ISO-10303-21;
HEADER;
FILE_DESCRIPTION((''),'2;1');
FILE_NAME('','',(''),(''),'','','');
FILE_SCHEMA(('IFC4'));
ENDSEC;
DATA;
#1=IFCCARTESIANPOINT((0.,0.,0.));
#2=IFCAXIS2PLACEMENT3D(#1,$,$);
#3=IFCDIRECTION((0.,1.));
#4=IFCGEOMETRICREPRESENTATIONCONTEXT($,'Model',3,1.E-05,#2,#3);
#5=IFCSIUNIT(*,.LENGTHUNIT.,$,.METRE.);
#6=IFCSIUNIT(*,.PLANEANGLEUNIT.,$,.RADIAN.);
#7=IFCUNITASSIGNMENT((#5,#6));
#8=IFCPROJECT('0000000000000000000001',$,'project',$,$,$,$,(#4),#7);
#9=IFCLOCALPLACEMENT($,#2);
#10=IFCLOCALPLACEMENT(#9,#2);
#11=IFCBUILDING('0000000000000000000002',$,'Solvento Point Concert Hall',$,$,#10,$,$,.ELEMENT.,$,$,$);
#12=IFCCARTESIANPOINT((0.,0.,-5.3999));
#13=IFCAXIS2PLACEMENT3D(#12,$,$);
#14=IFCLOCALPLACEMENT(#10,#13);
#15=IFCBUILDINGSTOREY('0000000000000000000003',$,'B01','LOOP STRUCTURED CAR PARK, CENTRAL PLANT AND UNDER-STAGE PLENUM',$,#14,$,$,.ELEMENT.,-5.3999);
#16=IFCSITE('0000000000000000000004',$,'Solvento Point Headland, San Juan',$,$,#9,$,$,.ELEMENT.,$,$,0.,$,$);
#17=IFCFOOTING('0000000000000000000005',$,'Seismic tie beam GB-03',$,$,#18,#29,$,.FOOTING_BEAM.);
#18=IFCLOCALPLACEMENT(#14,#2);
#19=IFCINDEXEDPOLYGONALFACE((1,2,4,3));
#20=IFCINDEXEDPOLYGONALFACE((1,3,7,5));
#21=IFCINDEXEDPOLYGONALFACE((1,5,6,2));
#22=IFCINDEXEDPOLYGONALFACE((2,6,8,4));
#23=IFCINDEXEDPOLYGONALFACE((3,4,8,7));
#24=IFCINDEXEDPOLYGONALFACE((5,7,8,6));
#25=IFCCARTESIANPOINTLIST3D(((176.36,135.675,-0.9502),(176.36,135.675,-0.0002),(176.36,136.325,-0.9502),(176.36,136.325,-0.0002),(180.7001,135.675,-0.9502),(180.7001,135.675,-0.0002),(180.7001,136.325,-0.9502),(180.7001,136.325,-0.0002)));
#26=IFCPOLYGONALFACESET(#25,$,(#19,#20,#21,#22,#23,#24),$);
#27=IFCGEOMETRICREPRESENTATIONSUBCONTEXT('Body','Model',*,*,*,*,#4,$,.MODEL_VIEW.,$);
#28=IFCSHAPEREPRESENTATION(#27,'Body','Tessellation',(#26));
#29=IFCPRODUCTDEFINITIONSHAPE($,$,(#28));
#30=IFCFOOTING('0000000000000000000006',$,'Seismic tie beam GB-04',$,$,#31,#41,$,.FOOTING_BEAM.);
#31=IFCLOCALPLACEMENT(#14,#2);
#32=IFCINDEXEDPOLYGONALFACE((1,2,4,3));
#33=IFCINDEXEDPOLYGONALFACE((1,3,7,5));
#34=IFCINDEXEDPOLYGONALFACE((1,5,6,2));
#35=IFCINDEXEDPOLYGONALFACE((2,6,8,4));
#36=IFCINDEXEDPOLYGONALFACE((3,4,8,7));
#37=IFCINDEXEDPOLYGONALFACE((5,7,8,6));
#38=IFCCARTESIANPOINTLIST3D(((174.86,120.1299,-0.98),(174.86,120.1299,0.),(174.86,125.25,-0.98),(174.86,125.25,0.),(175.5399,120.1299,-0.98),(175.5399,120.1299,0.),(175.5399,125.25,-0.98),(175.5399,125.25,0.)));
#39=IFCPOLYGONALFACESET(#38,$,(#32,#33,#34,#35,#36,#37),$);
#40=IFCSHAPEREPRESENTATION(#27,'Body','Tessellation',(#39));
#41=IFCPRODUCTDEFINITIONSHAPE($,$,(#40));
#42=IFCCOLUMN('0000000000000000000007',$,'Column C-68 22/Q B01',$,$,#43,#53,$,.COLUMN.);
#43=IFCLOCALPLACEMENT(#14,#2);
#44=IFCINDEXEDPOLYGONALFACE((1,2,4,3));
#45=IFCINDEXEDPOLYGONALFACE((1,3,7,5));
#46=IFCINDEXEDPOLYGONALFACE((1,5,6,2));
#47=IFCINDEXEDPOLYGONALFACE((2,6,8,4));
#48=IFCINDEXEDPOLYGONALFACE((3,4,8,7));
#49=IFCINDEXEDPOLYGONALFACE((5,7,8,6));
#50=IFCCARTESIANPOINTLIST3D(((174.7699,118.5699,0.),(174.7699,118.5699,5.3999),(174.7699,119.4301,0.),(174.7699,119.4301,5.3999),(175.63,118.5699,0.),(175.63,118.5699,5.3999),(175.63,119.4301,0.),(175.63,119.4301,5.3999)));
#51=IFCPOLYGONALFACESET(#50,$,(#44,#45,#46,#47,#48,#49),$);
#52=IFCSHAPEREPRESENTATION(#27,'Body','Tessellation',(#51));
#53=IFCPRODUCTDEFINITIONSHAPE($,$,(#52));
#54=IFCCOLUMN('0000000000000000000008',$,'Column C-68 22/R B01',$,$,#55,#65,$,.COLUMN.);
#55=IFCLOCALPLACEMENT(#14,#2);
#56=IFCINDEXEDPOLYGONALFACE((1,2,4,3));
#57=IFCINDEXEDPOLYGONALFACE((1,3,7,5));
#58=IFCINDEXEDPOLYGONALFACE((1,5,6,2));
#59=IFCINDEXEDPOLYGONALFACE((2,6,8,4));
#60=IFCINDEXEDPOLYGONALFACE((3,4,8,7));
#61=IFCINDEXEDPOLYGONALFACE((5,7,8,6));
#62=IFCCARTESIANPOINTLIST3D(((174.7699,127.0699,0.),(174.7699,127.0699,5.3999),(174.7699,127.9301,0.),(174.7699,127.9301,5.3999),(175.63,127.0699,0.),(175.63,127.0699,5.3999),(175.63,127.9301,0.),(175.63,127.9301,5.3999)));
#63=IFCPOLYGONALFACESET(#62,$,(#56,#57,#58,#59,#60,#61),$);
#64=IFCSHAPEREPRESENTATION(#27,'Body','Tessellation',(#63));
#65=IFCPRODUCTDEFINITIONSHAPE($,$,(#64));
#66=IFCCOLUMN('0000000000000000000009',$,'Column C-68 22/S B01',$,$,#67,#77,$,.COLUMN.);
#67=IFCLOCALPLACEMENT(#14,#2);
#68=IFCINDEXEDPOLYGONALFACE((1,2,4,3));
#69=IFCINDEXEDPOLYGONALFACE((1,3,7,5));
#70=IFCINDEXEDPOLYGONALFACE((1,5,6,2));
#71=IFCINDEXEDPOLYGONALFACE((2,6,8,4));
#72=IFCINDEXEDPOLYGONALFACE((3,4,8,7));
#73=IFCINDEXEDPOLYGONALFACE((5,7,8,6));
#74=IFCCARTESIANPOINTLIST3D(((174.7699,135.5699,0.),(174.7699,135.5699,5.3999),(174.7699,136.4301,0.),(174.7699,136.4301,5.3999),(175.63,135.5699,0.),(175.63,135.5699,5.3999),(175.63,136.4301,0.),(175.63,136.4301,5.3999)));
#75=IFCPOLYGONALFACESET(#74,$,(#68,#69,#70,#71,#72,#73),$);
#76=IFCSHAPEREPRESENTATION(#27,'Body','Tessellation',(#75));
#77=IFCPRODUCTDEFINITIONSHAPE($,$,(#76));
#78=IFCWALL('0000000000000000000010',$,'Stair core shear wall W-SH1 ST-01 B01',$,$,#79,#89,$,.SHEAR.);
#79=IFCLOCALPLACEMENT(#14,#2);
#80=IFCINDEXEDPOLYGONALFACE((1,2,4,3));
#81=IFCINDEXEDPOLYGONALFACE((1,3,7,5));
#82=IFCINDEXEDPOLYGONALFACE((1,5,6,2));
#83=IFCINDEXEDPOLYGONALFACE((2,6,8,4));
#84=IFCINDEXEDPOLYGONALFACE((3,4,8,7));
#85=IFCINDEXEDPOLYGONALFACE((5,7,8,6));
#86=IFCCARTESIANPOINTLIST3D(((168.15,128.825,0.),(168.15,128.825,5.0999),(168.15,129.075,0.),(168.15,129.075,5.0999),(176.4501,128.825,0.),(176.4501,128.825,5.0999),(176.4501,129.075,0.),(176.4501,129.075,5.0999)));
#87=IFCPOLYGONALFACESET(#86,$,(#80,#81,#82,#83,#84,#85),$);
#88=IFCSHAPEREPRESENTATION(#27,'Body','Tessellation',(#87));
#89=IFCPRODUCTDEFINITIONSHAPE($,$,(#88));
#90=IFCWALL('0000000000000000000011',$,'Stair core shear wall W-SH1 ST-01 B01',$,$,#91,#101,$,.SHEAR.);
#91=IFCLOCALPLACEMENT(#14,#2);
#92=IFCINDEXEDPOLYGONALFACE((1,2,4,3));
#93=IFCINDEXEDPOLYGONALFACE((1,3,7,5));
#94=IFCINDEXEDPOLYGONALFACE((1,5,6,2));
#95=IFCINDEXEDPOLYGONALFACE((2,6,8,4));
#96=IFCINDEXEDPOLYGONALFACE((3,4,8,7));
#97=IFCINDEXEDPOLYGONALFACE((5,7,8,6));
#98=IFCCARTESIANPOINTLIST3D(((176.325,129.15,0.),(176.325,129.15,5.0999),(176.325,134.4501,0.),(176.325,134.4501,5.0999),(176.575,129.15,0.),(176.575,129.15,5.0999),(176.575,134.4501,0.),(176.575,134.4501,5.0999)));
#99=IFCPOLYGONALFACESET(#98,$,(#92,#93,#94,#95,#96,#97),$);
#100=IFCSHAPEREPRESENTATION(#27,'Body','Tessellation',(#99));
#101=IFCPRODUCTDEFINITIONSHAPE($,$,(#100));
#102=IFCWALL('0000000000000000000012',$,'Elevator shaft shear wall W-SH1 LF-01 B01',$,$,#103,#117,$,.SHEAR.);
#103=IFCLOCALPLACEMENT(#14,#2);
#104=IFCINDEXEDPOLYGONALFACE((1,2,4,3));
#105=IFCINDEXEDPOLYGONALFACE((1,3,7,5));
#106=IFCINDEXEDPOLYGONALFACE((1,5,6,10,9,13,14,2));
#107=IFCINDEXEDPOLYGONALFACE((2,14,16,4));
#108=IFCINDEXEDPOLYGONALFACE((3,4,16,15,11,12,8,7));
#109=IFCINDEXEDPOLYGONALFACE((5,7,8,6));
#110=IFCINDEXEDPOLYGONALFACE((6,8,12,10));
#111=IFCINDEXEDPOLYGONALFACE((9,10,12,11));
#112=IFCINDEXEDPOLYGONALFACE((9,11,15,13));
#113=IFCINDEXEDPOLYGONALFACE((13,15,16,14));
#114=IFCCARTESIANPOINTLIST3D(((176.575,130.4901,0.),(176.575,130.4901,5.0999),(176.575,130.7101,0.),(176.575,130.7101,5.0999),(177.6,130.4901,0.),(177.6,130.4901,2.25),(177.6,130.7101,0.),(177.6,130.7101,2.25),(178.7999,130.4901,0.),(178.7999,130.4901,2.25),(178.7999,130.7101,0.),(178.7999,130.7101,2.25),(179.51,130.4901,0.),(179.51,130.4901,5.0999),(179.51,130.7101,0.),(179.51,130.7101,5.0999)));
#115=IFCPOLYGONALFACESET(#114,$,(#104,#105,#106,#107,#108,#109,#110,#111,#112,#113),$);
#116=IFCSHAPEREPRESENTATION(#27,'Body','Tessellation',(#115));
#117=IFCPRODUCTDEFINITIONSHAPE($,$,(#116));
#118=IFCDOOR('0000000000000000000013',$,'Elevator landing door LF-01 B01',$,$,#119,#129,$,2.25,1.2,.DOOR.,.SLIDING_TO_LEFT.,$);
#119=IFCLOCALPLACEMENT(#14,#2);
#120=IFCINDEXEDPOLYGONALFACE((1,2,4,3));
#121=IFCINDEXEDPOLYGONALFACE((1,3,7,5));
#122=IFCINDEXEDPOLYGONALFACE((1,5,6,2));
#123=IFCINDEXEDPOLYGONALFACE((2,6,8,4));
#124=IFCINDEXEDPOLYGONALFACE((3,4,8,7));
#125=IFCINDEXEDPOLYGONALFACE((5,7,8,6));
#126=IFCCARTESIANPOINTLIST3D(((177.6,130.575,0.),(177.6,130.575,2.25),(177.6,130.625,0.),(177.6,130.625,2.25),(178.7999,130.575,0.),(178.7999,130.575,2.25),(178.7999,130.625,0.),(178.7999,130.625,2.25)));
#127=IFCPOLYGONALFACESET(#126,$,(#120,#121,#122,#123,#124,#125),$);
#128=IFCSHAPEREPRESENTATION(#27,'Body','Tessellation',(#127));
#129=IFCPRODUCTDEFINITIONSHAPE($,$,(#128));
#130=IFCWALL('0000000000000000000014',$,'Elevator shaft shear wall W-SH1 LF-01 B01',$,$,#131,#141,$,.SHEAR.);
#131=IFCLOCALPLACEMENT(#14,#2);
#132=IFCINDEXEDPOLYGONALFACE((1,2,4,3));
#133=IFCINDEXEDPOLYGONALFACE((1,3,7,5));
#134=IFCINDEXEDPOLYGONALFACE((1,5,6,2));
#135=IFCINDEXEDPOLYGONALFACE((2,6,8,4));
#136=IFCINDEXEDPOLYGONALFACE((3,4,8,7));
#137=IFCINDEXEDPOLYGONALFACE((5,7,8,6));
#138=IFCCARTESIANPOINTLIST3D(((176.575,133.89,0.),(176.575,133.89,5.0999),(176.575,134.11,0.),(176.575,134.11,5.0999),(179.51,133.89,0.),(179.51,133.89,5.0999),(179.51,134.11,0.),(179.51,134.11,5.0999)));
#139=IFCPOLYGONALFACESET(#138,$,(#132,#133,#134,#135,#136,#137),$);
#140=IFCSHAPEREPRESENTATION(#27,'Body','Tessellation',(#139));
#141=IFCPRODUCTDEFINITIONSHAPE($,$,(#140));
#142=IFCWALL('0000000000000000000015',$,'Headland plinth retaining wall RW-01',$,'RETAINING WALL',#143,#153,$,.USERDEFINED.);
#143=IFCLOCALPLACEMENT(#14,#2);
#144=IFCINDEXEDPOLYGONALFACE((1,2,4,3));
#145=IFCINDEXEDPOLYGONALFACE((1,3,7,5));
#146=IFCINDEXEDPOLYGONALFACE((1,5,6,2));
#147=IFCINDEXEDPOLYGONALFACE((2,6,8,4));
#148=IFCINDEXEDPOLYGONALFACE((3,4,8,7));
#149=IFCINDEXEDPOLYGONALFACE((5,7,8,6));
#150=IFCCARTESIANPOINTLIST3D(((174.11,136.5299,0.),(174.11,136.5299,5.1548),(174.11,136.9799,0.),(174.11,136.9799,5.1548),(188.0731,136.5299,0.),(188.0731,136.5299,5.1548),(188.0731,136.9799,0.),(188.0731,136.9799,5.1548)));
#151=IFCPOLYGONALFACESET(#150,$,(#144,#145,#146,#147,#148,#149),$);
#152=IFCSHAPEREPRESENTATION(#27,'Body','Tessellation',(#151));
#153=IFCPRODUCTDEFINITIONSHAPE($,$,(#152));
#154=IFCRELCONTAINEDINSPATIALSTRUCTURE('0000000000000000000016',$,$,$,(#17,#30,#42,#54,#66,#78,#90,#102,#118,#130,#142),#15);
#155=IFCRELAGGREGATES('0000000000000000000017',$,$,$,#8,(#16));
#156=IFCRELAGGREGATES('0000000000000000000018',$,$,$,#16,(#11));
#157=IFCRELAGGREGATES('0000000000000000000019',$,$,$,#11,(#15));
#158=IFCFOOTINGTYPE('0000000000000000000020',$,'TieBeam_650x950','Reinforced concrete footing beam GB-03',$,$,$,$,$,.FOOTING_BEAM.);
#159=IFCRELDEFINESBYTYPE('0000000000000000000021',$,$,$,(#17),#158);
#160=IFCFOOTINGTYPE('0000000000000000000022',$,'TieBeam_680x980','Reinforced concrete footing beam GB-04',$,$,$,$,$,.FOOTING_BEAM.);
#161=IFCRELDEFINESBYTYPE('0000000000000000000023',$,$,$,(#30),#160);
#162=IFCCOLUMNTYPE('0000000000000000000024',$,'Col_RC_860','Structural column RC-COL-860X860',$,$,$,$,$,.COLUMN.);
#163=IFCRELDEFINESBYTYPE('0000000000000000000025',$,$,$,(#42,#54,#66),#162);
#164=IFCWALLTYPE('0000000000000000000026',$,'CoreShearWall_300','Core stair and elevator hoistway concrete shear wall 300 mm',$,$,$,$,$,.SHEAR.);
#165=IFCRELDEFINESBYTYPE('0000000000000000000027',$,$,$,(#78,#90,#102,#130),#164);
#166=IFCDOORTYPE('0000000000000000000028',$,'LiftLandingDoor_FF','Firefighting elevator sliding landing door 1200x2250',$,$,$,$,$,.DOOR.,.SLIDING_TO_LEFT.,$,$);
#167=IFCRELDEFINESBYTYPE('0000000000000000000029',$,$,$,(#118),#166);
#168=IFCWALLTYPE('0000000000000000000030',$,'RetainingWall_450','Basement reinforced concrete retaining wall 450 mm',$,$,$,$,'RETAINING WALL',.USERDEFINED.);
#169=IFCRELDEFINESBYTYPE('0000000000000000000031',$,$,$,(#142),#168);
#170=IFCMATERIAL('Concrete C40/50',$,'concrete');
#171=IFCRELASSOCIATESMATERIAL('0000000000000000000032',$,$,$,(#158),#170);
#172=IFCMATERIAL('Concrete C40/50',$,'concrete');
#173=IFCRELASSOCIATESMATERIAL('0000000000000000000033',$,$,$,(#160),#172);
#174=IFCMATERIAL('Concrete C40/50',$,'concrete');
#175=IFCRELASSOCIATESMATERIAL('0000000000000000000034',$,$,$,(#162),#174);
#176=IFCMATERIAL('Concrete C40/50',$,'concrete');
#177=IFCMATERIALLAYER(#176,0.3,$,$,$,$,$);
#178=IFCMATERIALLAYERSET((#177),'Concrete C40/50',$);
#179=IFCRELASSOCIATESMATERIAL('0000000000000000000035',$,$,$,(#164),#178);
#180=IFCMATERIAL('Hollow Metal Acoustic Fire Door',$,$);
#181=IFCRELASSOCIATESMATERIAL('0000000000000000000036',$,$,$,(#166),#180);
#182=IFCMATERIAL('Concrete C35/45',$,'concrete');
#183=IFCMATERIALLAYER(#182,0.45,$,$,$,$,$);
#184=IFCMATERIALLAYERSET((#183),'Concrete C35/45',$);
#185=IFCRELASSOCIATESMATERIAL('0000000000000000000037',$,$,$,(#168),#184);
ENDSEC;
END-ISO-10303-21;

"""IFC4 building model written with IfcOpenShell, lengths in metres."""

from ifc_helpers import new_model, si_unit, direction, frame, frame_2d, origin, origin_2d, place, context, subcontext, project, spatial, rectangle, extrude, material, layer, layer_set, material_profile, profile_set, type_object, element, fill, save


model = new_model("IFC4")

# Units and contexts
model_context = context("Model", 3, precision=1e-05, world=origin(), true_north=direction((0.0, 1.0)))
body_context = subcontext(model_context, "Body", "Model", "MODEL_VIEW")
ifc_project = project(units=[si_unit("LENGTHUNIT", "METRE"), si_unit("PLANEANGLEUNIT", "RADIAN")], contexts=[model_context])

# Site, building, storey
site_placement = place(None, origin())
site = spatial("IfcSite", under=ifc_project, at=site_placement, Name="Solvento Point Headland, San Juan", CompositionType="ELEMENT", RefElevation=0.0)
building_placement = place(site_placement, origin())
building = spatial("IfcBuilding", under=site, at=building_placement, Name="Solvento Point Concert Hall", CompositionType="ELEMENT")
storey_placement = place(building_placement, frame((0.0, 0.0, -5.3999)))
storey = spatial("IfcBuildingStorey", under=building, at=storey_placement, Name="B01", Description="LOOP STRUCTURED CAR PARK, CENTRAL PLANT AND UNDER-STAGE PLENUM", CompositionType="ELEMENT", Elevation=-5.3999)

# Footings
ifc_material_1 = material(Name="Concrete C40/50", Category="concrete")
footing_type_1 = type_object("IfcFootingType", Name="TieBeam_650x950", Description="Reinforced concrete footing beam GB-03", PredefinedType="FOOTING_BEAM", material=ifc_material_1)
footing_1_placement = place(storey_placement, frame((178.53, 136.0, -0.9502), z_axis=(0.0, 0.0, 1.0), x_axis=(1.0, 0.0, 0.0)))
element("IfcFooting", 1, at=footing_1_placement, inside=storey, type_object=footing_type_1, Name="Seismic tie beam GB-03", PredefinedType="FOOTING_BEAM", context=body_context, shape_type="SweptSolid", body=[
    extrude(rectangle(XDim=4.3401, YDim=0.6499, at=origin_2d()), origin(), (0.0, 0.0, 1.0), 0.95),
])
ifc_material_2 = material(Name="Concrete C40/50", Category="concrete")
footing_type_2 = type_object("IfcFootingType", Name="TieBeam_680x980", Description="Reinforced concrete footing beam GB-04", PredefinedType="FOOTING_BEAM", material=ifc_material_2)
footing_2_placement = place(storey_placement, frame((175.2, 122.6899, -0.98), z_axis=(0.0, 0.0, 1.0), x_axis=(0.0, 1.0, 0.0)))
element("IfcFooting", 2, at=footing_2_placement, inside=storey, type_object=footing_type_2, Name="Seismic tie beam GB-04", PredefinedType="FOOTING_BEAM", context=body_context, shape_type="SweptSolid", body=[
    extrude(rectangle(XDim=5.1201, YDim=0.6799, at=origin_2d()), origin(), (0.0, 0.0, 1.0), 0.98),
])

# Columns
ifc_material_3 = material(Name="Concrete C40/50", Category="concrete")
ifc_material_profile_1 = material_profile(ifc_material_3, rectangle(XDim=0.8601, YDim=0.8601, at=origin_2d()), Name="RC-COL-860X860")
ifc_profile_set_1 = profile_set([ifc_material_profile_1], Name="Concrete C40/50")
column_type = type_object("IfcColumnType", Name="Col_RC_860", Description="Structural column RC-COL-860X860", PredefinedType="COLUMN", material=ifc_profile_set_1)
for number, where, z_axis, x_axis, name in (
    (3, (175.2, 119.0, 0.0), (0.0, 0.0, 1.0), (1.0, 0.0, 0.0), "Column C-68 22/Q B01"),
    (4, (175.2, 127.5, 0.0), (0.0, 0.0, 1.0), (1.0, 0.0, 0.0), "Column C-68 22/R B01"),
    (5, (175.2, 136.0, 0.0), (0.0, 0.0, 1.0), (1.0, 0.0, 0.0), "Column C-68 22/S B01"),
):
    element("IfcColumn", number, at=place(storey_placement, frame(where, z_axis=z_axis, x_axis=x_axis)), inside=storey, type_object=column_type, Name=name, PredefinedType="COLUMN", context=body_context, shape_type="SweptSolid", body=[
        extrude(rectangle(XDim=0.8601, YDim=0.8601, at=origin_2d()), origin(), (0.0, 0.0, 1.0), 5.3999),
    ])

# Walls
ifc_material_4 = material(Name="Concrete C40/50", Category="concrete")
ifc_layer_1 = layer(ifc_material_4, 0.3)
ifc_layer_set_1 = layer_set([ifc_layer_1], Name="Concrete C40/50")
wall_type_1 = type_object("IfcWallType", Name="CoreShearWall_300", Description="Core stair and elevator hoistway concrete shear wall 300 mm", PredefinedType="SHEAR", material=ifc_layer_set_1)
wall_1_placement = place(storey_placement, frame((176.45, 128.95, 0.0), z_axis=(0.0, 0.0, 1.0), x_axis=(-1.0, 0.0, 0.0)))
element("IfcWall", 6, at=wall_1_placement, inside=storey, type_object=wall_type_1, Name="Stair core shear wall W-SH1 ST-01 B01", PredefinedType="SHEAR", context=body_context, shape_type="SweptSolid", body=[
    extrude(rectangle(XDim=8.3, YDim=0.25, at=frame_2d((4.1499, 0.0))), origin(), (0.0, 0.0, 1.0), 5.0999),
])
wall_2_placement = place(storey_placement, frame((176.45, 134.45, 0.0), z_axis=(0.0, 0.0, 1.0), x_axis=(0.0, -1.0, 0.0)))
element("IfcWall", 7, at=wall_2_placement, inside=storey, type_object=wall_type_1, Name="Stair core shear wall W-SH1 ST-01 B01", PredefinedType="SHEAR", context=body_context, shape_type="SweptSolid", body=[
    extrude(rectangle(XDim=5.3, YDim=0.25, at=frame_2d((2.6499, 0.0))), origin(), (0.0, 0.0, 1.0), 5.0999),
])

# Wall, opening, door
wall_3_placement = place(storey_placement, frame((176.575, 130.6001, 0.0), z_axis=(0.0, 0.0, 1.0), x_axis=(1.0, 0.0, 0.0)))
wall_3 = element("IfcWall", 8, at=wall_3_placement, inside=storey, type_object=wall_type_1, Name="Elevator shaft shear wall W-SH1 LF-01 B01", PredefinedType="SHEAR", context=body_context, shape_type="SweptSolid", body=[
    extrude(rectangle(XDim=2.9351, YDim=0.22, at=frame_2d((1.4675, 0.0))), origin(), (0.0, 0.0, 1.0), 5.0999),
])
opening_placement = place(wall_3_placement, frame((1.0249, 0.0, 0.0)))
opening = element("IfcOpeningElement", 9, at=opening_placement, cuts=wall_3, PredefinedType="OPENING", context=body_context, shape_type="SweptSolid", body=[
    extrude(rectangle(XDim=1.2, YDim=2.25, at=frame_2d((0.6001, 1.125))), frame((0.0, 0.1199, 0.0), z_axis=(0.0, -1.0, 0.0), x_axis=(1.0, 0.0, 0.0)), (0.0, 0.0, 1.0), 0.24),
])
ifc_material_5 = material(Name="Hollow Metal Acoustic Fire Door")
door_type = type_object("IfcDoorType", Name="LiftLandingDoor_FF", Description="Firefighting elevator sliding landing door 1200x2250", OperationType="SLIDING_TO_LEFT", PredefinedType="DOOR", material=ifc_material_5)
door_placement = place(opening_placement, origin())
door = element("IfcDoor", 10, at=door_placement, inside=storey, type_object=door_type, Name="Elevator landing door LF-01 B01", OperationType="SLIDING_TO_LEFT", OverallHeight=2.25, OverallWidth=1.2, PredefinedType="DOOR", context=body_context, shape_type="SweptSolid", body=[
    extrude(rectangle(XDim=1.2, YDim=2.25, at=frame_2d((0.6001, 1.125))), frame((0.0, 0.0249, 0.0), z_axis=(0.0, -1.0, 0.0), x_axis=(1.0, 0.0, 0.0)), (0.0, 0.0, 1.0), 0.05),
])
fill(opening, door)

# Walls
wall_4_placement = place(storey_placement, frame((176.575, 134.0, 0.0), z_axis=(0.0, 0.0, 1.0), x_axis=(1.0, 0.0, 0.0)))
element("IfcWall", 11, at=wall_4_placement, inside=storey, type_object=wall_type_1, Name="Elevator shaft shear wall W-SH1 LF-01 B01", PredefinedType="SHEAR", context=body_context, shape_type="SweptSolid", body=[
    extrude(rectangle(XDim=2.9351, YDim=0.22, at=frame_2d((1.4675, 0.0))), origin(), (0.0, 0.0, 1.0), 5.0999),
])
ifc_material_6 = material(Name="Concrete C35/45", Category="concrete")
ifc_layer_2 = layer(ifc_material_6, 0.45)
ifc_layer_set_2 = layer_set([ifc_layer_2], Name="Concrete C35/45")
wall_type_2 = type_object("IfcWallType", Name="RetainingWall_450", Description="Basement reinforced concrete retaining wall 450 mm", ElementType="RETAINING WALL", PredefinedType="USERDEFINED", material=ifc_layer_set_2)
wall_5_placement = place(storey_placement, frame((174.1101, 136.7549, 0.0), z_axis=(0.0, 0.0, 1.0), x_axis=(1.0, 0.0, 0.0)))
element("IfcWall", 12, at=wall_5_placement, inside=storey, type_object=wall_type_2, Name="Headland plinth retaining wall RW-01", ObjectType="RETAINING WALL", PredefinedType="USERDEFINED", context=body_context, shape_type="SweptSolid", body=[
    extrude(rectangle(XDim=13.9631, YDim=0.45, at=frame_2d((6.9814, 0.0))), origin(), (0.0, 0.0, 1.0), 5.1548),
])

save(model, "model.ifc")
